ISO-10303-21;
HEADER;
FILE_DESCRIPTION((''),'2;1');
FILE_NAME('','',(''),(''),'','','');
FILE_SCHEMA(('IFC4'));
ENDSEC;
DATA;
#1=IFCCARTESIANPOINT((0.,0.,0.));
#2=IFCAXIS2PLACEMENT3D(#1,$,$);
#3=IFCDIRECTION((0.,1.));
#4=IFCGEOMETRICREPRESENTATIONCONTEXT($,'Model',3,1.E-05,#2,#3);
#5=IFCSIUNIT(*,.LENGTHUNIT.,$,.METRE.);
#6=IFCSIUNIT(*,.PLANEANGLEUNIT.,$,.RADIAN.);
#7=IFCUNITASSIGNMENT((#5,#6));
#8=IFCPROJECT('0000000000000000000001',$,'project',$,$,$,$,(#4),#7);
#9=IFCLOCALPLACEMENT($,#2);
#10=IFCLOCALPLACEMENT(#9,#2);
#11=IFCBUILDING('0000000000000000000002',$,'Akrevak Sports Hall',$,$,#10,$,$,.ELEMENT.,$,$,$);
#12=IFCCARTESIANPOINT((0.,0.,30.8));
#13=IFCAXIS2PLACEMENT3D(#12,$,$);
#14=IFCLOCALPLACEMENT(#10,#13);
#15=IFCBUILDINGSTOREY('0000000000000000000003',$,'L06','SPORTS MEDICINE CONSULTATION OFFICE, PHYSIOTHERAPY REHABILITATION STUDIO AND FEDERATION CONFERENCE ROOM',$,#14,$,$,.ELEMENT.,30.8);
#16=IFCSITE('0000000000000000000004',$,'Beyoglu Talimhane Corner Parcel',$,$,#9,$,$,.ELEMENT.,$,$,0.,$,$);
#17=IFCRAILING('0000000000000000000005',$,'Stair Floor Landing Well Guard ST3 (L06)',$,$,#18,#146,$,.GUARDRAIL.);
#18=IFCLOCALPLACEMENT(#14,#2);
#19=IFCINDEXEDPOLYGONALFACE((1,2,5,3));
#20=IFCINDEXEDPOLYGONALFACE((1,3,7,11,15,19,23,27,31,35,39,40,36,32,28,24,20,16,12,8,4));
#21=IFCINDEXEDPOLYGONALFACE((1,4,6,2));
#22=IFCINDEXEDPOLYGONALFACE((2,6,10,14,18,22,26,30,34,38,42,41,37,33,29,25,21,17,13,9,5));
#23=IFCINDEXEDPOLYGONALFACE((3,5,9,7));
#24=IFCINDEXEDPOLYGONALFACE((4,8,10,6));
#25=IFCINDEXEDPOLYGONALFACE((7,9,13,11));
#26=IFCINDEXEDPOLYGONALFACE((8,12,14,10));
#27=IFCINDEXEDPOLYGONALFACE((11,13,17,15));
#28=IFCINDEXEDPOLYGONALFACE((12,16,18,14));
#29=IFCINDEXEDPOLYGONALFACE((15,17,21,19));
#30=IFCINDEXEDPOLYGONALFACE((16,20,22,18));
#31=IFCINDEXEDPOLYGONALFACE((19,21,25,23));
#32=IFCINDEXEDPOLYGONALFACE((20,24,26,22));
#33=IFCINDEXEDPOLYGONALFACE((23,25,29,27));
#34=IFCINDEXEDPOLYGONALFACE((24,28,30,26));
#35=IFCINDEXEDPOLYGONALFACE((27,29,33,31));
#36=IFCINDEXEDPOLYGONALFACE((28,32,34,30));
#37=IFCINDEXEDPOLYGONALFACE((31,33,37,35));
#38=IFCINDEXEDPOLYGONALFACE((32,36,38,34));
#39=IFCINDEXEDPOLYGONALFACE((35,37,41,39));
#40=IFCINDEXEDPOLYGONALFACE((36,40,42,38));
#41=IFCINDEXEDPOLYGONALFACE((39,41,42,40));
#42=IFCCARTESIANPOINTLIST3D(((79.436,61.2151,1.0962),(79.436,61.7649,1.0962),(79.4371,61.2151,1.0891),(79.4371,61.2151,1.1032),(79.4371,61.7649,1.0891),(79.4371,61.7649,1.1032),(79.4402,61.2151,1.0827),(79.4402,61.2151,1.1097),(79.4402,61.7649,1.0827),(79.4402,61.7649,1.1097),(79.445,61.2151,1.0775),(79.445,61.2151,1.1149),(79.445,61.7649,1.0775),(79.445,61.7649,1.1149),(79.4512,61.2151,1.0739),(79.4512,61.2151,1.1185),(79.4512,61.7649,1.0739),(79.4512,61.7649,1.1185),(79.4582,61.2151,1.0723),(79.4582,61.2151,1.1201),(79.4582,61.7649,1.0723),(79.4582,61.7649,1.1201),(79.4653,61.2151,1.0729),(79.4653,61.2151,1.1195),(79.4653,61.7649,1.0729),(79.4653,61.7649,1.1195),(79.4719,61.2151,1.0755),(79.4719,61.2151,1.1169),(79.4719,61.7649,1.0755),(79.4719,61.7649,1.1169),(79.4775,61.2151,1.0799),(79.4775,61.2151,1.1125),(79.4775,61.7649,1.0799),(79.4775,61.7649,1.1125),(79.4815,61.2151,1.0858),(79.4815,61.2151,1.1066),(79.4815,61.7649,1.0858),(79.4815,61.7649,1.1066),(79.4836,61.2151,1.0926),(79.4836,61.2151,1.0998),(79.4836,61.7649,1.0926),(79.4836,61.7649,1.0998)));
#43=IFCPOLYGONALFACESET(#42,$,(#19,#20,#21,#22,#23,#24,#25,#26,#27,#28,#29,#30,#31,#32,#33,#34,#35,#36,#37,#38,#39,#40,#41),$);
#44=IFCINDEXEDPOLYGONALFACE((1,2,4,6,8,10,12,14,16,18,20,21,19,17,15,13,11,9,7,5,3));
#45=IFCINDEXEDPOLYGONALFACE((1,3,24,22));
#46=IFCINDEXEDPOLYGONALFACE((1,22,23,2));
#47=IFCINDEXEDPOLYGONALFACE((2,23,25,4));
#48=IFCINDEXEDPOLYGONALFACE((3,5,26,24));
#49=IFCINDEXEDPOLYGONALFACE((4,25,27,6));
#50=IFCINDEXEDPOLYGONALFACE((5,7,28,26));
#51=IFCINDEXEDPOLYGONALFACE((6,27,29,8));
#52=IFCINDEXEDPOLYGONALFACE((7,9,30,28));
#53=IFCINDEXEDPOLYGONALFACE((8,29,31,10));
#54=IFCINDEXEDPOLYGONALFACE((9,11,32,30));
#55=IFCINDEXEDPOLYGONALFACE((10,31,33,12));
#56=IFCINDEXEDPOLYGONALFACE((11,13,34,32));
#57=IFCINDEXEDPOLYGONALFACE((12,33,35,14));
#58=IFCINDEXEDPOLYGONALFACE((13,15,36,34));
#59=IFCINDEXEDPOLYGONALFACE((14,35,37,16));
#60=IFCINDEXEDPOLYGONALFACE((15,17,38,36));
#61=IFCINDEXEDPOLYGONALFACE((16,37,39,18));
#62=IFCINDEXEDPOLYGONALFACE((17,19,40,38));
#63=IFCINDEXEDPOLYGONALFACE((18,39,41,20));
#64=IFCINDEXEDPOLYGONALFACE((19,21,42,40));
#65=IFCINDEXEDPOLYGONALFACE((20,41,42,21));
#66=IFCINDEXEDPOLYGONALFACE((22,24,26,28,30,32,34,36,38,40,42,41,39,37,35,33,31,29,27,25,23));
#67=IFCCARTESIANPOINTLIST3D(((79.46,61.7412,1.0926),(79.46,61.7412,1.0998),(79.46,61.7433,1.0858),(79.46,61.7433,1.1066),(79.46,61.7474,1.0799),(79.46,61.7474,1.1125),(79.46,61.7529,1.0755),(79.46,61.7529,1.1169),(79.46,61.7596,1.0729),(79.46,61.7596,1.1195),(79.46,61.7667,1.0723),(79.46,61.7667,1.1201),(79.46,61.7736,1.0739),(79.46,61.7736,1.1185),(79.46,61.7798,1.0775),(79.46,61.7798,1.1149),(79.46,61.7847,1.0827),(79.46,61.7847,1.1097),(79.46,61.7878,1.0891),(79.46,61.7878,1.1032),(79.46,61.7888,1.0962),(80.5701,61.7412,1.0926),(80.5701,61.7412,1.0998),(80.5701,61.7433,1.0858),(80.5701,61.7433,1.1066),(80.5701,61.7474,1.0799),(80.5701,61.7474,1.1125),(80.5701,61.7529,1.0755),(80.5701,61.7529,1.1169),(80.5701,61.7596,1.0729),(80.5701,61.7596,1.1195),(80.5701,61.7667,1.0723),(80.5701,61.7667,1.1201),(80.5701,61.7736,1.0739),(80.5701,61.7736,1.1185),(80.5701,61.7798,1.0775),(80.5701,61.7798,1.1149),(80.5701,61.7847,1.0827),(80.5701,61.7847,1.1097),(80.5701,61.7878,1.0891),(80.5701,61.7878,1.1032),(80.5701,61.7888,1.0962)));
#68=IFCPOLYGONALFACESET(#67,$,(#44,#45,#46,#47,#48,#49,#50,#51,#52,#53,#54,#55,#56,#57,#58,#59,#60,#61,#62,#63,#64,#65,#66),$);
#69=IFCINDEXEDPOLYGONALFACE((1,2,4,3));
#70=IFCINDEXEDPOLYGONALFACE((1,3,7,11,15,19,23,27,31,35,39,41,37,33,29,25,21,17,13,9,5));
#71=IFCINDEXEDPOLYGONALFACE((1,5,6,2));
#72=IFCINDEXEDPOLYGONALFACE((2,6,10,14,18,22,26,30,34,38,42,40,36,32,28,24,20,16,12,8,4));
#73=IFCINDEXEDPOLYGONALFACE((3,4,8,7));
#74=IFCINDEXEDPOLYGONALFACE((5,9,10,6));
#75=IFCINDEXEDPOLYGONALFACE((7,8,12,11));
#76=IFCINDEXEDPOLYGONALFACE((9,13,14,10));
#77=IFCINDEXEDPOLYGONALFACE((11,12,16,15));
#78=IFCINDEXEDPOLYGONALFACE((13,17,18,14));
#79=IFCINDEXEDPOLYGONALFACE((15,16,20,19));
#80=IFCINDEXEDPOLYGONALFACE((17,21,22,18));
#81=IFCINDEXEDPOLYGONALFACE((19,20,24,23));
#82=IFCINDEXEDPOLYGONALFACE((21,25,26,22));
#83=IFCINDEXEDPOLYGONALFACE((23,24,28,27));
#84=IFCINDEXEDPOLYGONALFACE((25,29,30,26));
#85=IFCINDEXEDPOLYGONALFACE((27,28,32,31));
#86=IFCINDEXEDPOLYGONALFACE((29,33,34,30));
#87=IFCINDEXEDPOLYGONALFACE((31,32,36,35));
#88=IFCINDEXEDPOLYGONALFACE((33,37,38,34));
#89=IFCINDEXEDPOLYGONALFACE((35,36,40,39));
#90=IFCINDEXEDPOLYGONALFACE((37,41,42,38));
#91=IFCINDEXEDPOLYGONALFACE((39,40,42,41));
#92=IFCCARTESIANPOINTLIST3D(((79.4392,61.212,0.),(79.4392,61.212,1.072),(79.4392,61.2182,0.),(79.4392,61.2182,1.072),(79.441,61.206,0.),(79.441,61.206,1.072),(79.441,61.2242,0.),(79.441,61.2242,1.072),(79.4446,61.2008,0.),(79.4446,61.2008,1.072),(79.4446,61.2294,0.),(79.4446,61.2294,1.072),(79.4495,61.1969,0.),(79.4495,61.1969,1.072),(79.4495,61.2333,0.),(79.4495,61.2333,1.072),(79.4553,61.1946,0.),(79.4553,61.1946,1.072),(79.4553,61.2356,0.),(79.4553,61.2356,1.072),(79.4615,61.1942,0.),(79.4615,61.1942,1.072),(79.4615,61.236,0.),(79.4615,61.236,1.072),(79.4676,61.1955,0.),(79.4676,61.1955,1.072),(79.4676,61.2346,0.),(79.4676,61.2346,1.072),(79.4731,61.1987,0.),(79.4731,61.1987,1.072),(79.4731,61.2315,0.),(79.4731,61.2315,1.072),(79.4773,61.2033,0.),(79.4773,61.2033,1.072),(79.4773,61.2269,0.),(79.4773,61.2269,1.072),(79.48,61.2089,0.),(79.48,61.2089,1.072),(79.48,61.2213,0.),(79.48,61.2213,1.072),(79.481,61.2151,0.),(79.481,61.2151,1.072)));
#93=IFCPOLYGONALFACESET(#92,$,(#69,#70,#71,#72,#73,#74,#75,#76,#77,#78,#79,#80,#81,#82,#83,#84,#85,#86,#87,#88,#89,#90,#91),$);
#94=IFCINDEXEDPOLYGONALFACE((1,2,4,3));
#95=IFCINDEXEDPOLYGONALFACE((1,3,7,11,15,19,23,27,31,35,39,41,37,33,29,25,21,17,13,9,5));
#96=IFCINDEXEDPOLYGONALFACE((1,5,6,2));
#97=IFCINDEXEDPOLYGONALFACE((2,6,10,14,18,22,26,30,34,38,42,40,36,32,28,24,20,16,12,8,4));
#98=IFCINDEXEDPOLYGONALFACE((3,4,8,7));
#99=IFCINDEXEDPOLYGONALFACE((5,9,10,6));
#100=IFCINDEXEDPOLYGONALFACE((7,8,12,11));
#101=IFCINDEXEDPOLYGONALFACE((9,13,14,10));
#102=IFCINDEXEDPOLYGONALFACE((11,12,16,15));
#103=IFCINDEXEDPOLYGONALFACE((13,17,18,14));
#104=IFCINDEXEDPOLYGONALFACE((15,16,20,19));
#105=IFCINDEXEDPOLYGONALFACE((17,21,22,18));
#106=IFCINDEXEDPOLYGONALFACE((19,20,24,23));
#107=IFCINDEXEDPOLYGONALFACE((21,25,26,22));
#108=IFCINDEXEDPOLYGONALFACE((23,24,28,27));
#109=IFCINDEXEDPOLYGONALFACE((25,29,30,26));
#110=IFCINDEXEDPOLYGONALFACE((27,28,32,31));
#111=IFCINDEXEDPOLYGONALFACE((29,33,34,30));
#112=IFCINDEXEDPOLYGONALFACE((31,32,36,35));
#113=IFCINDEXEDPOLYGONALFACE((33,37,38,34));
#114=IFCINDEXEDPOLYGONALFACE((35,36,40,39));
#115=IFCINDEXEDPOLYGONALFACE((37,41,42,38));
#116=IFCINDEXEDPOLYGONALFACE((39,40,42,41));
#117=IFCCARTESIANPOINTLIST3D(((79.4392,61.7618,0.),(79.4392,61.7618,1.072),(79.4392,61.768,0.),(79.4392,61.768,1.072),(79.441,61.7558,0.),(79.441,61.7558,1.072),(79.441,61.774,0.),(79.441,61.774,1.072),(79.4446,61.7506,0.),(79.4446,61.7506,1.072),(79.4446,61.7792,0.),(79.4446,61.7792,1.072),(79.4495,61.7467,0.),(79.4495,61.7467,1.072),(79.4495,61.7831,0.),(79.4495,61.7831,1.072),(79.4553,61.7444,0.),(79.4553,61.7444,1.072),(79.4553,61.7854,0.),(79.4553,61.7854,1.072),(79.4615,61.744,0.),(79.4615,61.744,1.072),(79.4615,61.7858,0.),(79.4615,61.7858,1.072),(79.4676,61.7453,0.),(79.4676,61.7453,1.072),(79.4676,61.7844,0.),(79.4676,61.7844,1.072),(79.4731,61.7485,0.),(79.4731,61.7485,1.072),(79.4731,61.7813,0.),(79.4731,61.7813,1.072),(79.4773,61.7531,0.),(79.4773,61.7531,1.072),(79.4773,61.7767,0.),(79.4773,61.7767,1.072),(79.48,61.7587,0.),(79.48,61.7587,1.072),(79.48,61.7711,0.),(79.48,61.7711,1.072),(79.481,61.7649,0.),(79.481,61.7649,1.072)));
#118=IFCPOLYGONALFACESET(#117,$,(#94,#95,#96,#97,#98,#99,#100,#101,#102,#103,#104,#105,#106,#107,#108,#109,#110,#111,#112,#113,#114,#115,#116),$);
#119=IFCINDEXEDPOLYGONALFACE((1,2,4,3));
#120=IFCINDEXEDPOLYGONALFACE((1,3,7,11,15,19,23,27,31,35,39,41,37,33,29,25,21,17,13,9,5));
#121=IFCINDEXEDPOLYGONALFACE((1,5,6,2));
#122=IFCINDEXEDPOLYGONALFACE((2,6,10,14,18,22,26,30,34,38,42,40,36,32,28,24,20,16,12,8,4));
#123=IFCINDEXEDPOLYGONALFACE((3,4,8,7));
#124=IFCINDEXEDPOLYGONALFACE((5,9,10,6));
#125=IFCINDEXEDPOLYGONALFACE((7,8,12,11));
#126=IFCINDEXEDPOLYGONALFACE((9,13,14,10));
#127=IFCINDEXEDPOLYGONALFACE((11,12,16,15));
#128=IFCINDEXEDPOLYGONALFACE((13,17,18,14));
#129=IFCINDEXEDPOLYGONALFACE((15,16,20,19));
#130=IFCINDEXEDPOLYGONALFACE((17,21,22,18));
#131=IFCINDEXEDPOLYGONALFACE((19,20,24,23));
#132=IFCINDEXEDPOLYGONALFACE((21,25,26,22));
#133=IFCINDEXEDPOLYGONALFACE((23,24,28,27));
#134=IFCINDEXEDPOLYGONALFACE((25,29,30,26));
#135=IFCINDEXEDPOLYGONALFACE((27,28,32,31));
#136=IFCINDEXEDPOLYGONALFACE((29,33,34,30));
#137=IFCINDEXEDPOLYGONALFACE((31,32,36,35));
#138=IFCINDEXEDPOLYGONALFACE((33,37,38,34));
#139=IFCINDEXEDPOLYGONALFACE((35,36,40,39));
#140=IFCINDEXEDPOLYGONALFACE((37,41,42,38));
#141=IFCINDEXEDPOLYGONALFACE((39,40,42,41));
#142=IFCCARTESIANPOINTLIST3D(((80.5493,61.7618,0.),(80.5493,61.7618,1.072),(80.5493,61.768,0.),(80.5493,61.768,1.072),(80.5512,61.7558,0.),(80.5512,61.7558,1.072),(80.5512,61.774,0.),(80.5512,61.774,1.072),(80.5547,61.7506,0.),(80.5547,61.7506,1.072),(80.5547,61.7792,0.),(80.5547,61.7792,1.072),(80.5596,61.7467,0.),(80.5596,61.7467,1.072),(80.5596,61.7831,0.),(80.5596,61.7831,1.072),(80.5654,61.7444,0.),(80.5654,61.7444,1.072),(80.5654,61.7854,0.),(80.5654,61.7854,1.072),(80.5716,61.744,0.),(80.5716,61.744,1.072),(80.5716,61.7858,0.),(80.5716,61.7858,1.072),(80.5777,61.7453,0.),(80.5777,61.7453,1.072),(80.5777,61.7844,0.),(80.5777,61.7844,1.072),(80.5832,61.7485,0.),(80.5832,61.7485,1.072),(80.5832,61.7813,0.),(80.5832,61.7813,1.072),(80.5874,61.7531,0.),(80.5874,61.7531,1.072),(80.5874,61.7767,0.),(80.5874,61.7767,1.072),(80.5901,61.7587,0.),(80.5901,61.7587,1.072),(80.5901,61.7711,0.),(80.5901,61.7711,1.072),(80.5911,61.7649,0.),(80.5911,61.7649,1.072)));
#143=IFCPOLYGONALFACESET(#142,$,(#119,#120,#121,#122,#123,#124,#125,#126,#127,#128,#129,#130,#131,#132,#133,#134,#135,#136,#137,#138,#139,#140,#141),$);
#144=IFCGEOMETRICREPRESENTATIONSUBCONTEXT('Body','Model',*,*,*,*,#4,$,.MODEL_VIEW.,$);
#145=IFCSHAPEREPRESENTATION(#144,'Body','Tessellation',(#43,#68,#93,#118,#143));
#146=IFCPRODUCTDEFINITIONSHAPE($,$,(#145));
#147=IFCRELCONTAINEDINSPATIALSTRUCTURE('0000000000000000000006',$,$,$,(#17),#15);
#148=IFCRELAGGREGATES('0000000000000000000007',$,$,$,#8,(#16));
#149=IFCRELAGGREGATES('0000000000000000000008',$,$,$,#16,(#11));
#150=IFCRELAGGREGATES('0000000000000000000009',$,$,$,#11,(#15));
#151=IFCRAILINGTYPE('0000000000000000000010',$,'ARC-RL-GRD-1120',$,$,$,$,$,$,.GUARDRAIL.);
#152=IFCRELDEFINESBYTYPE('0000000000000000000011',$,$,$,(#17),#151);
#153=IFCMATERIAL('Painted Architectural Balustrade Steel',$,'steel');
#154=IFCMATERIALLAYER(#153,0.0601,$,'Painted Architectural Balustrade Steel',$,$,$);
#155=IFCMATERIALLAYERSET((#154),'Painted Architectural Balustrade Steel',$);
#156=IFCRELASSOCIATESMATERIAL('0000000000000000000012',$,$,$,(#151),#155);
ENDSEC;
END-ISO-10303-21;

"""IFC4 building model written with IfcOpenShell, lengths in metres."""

from ifc_helpers import new_model, si_unit, direction, frame, origin, origin_2d, place, context, subcontext, project, spatial, circle, extrude, material, layer, layer_set, type_object, element, save


model = new_model("IFC4")

# Units and contexts
model_context = context("Model", 3, precision=1e-05, world=origin(), true_north=direction((0.0, 1.0)))
body_context = subcontext(model_context, "Body", "Model", "MODEL_VIEW")
ifc_project = project(units=[si_unit("LENGTHUNIT", "METRE"), si_unit("PLANEANGLEUNIT", "RADIAN")], contexts=[model_context])

# Site, building, storey
site_placement = place(None, origin())
site = spatial("IfcSite", under=ifc_project, at=site_placement, Name="Beyoglu Talimhane Corner Parcel", CompositionType="ELEMENT", RefElevation=0.0)
building_placement = place(site_placement, origin())
building = spatial("IfcBuilding", under=site, at=building_placement, Name="Akrevak Sports Hall", CompositionType="ELEMENT")
storey_placement = place(building_placement, frame((0.0, 0.0, 30.8)))
storey = spatial("IfcBuildingStorey", under=building, at=storey_placement, Name="L06", Description="SPORTS MEDICINE CONSULTATION OFFICE, PHYSIOTHERAPY REHABILITATION STUDIO AND FEDERATION CONFERENCE ROOM", CompositionType="ELEMENT", Elevation=30.8)

# Railing
ifc_material_1 = material(Name="Painted Architectural Balustrade Steel", Category="steel")
ifc_layer_1 = layer(ifc_material_1, 0.0601, Name="Painted Architectural Balustrade Steel")
ifc_layer_set_1 = layer_set([ifc_layer_1], Name="Painted Architectural Balustrade Steel")
railing_type_1 = type_object("IfcRailingType", Name="ARC-RL-GRD-1120", PredefinedType="GUARDRAIL", material=ifc_layer_set_1)
railing_1_placement = place(storey_placement, frame((79.46, 61.2151, 0.0)))
element("IfcRailing", 1, at=railing_1_placement, inside=storey, type_object=railing_type_1, Name="Stair Floor Landing Well Guard ST3 (L06)", PredefinedType="GUARDRAIL", context=body_context, shape_type="SweptSolid", body=[
    extrude(circle(Radius=0.0239, at=origin_2d()), frame((0.0, 0.0, 1.0962), z_axis=(0.0, 1.0, 0.0), x_axis=(-1.0, 0.0, 0.0)), (0.0, 0.0, 1.0), 0.5498),
    extrude(circle(Radius=0.0239, at=origin_2d()), frame((0.0, 0.5498, 1.0962), z_axis=(1.0, 0.0, 0.0), x_axis=(0.0, 1.0, 0.0)), (0.0, 0.0, 1.0), 1.1101),
    extrude(circle(Radius=0.021, at=origin_2d()), origin(), (0.0, 0.0, 1.0), 1.072),
    extrude(circle(Radius=0.021, at=origin_2d()), frame((0.0, 0.5498, 0.0)), (0.0, 0.0, 1.0), 1.072),
    extrude(circle(Radius=0.021, at=origin_2d()), frame((1.1101, 0.5498, 0.0)), (0.0, 0.0, 1.0), 1.072),
])

save(model, "model.ifc")
